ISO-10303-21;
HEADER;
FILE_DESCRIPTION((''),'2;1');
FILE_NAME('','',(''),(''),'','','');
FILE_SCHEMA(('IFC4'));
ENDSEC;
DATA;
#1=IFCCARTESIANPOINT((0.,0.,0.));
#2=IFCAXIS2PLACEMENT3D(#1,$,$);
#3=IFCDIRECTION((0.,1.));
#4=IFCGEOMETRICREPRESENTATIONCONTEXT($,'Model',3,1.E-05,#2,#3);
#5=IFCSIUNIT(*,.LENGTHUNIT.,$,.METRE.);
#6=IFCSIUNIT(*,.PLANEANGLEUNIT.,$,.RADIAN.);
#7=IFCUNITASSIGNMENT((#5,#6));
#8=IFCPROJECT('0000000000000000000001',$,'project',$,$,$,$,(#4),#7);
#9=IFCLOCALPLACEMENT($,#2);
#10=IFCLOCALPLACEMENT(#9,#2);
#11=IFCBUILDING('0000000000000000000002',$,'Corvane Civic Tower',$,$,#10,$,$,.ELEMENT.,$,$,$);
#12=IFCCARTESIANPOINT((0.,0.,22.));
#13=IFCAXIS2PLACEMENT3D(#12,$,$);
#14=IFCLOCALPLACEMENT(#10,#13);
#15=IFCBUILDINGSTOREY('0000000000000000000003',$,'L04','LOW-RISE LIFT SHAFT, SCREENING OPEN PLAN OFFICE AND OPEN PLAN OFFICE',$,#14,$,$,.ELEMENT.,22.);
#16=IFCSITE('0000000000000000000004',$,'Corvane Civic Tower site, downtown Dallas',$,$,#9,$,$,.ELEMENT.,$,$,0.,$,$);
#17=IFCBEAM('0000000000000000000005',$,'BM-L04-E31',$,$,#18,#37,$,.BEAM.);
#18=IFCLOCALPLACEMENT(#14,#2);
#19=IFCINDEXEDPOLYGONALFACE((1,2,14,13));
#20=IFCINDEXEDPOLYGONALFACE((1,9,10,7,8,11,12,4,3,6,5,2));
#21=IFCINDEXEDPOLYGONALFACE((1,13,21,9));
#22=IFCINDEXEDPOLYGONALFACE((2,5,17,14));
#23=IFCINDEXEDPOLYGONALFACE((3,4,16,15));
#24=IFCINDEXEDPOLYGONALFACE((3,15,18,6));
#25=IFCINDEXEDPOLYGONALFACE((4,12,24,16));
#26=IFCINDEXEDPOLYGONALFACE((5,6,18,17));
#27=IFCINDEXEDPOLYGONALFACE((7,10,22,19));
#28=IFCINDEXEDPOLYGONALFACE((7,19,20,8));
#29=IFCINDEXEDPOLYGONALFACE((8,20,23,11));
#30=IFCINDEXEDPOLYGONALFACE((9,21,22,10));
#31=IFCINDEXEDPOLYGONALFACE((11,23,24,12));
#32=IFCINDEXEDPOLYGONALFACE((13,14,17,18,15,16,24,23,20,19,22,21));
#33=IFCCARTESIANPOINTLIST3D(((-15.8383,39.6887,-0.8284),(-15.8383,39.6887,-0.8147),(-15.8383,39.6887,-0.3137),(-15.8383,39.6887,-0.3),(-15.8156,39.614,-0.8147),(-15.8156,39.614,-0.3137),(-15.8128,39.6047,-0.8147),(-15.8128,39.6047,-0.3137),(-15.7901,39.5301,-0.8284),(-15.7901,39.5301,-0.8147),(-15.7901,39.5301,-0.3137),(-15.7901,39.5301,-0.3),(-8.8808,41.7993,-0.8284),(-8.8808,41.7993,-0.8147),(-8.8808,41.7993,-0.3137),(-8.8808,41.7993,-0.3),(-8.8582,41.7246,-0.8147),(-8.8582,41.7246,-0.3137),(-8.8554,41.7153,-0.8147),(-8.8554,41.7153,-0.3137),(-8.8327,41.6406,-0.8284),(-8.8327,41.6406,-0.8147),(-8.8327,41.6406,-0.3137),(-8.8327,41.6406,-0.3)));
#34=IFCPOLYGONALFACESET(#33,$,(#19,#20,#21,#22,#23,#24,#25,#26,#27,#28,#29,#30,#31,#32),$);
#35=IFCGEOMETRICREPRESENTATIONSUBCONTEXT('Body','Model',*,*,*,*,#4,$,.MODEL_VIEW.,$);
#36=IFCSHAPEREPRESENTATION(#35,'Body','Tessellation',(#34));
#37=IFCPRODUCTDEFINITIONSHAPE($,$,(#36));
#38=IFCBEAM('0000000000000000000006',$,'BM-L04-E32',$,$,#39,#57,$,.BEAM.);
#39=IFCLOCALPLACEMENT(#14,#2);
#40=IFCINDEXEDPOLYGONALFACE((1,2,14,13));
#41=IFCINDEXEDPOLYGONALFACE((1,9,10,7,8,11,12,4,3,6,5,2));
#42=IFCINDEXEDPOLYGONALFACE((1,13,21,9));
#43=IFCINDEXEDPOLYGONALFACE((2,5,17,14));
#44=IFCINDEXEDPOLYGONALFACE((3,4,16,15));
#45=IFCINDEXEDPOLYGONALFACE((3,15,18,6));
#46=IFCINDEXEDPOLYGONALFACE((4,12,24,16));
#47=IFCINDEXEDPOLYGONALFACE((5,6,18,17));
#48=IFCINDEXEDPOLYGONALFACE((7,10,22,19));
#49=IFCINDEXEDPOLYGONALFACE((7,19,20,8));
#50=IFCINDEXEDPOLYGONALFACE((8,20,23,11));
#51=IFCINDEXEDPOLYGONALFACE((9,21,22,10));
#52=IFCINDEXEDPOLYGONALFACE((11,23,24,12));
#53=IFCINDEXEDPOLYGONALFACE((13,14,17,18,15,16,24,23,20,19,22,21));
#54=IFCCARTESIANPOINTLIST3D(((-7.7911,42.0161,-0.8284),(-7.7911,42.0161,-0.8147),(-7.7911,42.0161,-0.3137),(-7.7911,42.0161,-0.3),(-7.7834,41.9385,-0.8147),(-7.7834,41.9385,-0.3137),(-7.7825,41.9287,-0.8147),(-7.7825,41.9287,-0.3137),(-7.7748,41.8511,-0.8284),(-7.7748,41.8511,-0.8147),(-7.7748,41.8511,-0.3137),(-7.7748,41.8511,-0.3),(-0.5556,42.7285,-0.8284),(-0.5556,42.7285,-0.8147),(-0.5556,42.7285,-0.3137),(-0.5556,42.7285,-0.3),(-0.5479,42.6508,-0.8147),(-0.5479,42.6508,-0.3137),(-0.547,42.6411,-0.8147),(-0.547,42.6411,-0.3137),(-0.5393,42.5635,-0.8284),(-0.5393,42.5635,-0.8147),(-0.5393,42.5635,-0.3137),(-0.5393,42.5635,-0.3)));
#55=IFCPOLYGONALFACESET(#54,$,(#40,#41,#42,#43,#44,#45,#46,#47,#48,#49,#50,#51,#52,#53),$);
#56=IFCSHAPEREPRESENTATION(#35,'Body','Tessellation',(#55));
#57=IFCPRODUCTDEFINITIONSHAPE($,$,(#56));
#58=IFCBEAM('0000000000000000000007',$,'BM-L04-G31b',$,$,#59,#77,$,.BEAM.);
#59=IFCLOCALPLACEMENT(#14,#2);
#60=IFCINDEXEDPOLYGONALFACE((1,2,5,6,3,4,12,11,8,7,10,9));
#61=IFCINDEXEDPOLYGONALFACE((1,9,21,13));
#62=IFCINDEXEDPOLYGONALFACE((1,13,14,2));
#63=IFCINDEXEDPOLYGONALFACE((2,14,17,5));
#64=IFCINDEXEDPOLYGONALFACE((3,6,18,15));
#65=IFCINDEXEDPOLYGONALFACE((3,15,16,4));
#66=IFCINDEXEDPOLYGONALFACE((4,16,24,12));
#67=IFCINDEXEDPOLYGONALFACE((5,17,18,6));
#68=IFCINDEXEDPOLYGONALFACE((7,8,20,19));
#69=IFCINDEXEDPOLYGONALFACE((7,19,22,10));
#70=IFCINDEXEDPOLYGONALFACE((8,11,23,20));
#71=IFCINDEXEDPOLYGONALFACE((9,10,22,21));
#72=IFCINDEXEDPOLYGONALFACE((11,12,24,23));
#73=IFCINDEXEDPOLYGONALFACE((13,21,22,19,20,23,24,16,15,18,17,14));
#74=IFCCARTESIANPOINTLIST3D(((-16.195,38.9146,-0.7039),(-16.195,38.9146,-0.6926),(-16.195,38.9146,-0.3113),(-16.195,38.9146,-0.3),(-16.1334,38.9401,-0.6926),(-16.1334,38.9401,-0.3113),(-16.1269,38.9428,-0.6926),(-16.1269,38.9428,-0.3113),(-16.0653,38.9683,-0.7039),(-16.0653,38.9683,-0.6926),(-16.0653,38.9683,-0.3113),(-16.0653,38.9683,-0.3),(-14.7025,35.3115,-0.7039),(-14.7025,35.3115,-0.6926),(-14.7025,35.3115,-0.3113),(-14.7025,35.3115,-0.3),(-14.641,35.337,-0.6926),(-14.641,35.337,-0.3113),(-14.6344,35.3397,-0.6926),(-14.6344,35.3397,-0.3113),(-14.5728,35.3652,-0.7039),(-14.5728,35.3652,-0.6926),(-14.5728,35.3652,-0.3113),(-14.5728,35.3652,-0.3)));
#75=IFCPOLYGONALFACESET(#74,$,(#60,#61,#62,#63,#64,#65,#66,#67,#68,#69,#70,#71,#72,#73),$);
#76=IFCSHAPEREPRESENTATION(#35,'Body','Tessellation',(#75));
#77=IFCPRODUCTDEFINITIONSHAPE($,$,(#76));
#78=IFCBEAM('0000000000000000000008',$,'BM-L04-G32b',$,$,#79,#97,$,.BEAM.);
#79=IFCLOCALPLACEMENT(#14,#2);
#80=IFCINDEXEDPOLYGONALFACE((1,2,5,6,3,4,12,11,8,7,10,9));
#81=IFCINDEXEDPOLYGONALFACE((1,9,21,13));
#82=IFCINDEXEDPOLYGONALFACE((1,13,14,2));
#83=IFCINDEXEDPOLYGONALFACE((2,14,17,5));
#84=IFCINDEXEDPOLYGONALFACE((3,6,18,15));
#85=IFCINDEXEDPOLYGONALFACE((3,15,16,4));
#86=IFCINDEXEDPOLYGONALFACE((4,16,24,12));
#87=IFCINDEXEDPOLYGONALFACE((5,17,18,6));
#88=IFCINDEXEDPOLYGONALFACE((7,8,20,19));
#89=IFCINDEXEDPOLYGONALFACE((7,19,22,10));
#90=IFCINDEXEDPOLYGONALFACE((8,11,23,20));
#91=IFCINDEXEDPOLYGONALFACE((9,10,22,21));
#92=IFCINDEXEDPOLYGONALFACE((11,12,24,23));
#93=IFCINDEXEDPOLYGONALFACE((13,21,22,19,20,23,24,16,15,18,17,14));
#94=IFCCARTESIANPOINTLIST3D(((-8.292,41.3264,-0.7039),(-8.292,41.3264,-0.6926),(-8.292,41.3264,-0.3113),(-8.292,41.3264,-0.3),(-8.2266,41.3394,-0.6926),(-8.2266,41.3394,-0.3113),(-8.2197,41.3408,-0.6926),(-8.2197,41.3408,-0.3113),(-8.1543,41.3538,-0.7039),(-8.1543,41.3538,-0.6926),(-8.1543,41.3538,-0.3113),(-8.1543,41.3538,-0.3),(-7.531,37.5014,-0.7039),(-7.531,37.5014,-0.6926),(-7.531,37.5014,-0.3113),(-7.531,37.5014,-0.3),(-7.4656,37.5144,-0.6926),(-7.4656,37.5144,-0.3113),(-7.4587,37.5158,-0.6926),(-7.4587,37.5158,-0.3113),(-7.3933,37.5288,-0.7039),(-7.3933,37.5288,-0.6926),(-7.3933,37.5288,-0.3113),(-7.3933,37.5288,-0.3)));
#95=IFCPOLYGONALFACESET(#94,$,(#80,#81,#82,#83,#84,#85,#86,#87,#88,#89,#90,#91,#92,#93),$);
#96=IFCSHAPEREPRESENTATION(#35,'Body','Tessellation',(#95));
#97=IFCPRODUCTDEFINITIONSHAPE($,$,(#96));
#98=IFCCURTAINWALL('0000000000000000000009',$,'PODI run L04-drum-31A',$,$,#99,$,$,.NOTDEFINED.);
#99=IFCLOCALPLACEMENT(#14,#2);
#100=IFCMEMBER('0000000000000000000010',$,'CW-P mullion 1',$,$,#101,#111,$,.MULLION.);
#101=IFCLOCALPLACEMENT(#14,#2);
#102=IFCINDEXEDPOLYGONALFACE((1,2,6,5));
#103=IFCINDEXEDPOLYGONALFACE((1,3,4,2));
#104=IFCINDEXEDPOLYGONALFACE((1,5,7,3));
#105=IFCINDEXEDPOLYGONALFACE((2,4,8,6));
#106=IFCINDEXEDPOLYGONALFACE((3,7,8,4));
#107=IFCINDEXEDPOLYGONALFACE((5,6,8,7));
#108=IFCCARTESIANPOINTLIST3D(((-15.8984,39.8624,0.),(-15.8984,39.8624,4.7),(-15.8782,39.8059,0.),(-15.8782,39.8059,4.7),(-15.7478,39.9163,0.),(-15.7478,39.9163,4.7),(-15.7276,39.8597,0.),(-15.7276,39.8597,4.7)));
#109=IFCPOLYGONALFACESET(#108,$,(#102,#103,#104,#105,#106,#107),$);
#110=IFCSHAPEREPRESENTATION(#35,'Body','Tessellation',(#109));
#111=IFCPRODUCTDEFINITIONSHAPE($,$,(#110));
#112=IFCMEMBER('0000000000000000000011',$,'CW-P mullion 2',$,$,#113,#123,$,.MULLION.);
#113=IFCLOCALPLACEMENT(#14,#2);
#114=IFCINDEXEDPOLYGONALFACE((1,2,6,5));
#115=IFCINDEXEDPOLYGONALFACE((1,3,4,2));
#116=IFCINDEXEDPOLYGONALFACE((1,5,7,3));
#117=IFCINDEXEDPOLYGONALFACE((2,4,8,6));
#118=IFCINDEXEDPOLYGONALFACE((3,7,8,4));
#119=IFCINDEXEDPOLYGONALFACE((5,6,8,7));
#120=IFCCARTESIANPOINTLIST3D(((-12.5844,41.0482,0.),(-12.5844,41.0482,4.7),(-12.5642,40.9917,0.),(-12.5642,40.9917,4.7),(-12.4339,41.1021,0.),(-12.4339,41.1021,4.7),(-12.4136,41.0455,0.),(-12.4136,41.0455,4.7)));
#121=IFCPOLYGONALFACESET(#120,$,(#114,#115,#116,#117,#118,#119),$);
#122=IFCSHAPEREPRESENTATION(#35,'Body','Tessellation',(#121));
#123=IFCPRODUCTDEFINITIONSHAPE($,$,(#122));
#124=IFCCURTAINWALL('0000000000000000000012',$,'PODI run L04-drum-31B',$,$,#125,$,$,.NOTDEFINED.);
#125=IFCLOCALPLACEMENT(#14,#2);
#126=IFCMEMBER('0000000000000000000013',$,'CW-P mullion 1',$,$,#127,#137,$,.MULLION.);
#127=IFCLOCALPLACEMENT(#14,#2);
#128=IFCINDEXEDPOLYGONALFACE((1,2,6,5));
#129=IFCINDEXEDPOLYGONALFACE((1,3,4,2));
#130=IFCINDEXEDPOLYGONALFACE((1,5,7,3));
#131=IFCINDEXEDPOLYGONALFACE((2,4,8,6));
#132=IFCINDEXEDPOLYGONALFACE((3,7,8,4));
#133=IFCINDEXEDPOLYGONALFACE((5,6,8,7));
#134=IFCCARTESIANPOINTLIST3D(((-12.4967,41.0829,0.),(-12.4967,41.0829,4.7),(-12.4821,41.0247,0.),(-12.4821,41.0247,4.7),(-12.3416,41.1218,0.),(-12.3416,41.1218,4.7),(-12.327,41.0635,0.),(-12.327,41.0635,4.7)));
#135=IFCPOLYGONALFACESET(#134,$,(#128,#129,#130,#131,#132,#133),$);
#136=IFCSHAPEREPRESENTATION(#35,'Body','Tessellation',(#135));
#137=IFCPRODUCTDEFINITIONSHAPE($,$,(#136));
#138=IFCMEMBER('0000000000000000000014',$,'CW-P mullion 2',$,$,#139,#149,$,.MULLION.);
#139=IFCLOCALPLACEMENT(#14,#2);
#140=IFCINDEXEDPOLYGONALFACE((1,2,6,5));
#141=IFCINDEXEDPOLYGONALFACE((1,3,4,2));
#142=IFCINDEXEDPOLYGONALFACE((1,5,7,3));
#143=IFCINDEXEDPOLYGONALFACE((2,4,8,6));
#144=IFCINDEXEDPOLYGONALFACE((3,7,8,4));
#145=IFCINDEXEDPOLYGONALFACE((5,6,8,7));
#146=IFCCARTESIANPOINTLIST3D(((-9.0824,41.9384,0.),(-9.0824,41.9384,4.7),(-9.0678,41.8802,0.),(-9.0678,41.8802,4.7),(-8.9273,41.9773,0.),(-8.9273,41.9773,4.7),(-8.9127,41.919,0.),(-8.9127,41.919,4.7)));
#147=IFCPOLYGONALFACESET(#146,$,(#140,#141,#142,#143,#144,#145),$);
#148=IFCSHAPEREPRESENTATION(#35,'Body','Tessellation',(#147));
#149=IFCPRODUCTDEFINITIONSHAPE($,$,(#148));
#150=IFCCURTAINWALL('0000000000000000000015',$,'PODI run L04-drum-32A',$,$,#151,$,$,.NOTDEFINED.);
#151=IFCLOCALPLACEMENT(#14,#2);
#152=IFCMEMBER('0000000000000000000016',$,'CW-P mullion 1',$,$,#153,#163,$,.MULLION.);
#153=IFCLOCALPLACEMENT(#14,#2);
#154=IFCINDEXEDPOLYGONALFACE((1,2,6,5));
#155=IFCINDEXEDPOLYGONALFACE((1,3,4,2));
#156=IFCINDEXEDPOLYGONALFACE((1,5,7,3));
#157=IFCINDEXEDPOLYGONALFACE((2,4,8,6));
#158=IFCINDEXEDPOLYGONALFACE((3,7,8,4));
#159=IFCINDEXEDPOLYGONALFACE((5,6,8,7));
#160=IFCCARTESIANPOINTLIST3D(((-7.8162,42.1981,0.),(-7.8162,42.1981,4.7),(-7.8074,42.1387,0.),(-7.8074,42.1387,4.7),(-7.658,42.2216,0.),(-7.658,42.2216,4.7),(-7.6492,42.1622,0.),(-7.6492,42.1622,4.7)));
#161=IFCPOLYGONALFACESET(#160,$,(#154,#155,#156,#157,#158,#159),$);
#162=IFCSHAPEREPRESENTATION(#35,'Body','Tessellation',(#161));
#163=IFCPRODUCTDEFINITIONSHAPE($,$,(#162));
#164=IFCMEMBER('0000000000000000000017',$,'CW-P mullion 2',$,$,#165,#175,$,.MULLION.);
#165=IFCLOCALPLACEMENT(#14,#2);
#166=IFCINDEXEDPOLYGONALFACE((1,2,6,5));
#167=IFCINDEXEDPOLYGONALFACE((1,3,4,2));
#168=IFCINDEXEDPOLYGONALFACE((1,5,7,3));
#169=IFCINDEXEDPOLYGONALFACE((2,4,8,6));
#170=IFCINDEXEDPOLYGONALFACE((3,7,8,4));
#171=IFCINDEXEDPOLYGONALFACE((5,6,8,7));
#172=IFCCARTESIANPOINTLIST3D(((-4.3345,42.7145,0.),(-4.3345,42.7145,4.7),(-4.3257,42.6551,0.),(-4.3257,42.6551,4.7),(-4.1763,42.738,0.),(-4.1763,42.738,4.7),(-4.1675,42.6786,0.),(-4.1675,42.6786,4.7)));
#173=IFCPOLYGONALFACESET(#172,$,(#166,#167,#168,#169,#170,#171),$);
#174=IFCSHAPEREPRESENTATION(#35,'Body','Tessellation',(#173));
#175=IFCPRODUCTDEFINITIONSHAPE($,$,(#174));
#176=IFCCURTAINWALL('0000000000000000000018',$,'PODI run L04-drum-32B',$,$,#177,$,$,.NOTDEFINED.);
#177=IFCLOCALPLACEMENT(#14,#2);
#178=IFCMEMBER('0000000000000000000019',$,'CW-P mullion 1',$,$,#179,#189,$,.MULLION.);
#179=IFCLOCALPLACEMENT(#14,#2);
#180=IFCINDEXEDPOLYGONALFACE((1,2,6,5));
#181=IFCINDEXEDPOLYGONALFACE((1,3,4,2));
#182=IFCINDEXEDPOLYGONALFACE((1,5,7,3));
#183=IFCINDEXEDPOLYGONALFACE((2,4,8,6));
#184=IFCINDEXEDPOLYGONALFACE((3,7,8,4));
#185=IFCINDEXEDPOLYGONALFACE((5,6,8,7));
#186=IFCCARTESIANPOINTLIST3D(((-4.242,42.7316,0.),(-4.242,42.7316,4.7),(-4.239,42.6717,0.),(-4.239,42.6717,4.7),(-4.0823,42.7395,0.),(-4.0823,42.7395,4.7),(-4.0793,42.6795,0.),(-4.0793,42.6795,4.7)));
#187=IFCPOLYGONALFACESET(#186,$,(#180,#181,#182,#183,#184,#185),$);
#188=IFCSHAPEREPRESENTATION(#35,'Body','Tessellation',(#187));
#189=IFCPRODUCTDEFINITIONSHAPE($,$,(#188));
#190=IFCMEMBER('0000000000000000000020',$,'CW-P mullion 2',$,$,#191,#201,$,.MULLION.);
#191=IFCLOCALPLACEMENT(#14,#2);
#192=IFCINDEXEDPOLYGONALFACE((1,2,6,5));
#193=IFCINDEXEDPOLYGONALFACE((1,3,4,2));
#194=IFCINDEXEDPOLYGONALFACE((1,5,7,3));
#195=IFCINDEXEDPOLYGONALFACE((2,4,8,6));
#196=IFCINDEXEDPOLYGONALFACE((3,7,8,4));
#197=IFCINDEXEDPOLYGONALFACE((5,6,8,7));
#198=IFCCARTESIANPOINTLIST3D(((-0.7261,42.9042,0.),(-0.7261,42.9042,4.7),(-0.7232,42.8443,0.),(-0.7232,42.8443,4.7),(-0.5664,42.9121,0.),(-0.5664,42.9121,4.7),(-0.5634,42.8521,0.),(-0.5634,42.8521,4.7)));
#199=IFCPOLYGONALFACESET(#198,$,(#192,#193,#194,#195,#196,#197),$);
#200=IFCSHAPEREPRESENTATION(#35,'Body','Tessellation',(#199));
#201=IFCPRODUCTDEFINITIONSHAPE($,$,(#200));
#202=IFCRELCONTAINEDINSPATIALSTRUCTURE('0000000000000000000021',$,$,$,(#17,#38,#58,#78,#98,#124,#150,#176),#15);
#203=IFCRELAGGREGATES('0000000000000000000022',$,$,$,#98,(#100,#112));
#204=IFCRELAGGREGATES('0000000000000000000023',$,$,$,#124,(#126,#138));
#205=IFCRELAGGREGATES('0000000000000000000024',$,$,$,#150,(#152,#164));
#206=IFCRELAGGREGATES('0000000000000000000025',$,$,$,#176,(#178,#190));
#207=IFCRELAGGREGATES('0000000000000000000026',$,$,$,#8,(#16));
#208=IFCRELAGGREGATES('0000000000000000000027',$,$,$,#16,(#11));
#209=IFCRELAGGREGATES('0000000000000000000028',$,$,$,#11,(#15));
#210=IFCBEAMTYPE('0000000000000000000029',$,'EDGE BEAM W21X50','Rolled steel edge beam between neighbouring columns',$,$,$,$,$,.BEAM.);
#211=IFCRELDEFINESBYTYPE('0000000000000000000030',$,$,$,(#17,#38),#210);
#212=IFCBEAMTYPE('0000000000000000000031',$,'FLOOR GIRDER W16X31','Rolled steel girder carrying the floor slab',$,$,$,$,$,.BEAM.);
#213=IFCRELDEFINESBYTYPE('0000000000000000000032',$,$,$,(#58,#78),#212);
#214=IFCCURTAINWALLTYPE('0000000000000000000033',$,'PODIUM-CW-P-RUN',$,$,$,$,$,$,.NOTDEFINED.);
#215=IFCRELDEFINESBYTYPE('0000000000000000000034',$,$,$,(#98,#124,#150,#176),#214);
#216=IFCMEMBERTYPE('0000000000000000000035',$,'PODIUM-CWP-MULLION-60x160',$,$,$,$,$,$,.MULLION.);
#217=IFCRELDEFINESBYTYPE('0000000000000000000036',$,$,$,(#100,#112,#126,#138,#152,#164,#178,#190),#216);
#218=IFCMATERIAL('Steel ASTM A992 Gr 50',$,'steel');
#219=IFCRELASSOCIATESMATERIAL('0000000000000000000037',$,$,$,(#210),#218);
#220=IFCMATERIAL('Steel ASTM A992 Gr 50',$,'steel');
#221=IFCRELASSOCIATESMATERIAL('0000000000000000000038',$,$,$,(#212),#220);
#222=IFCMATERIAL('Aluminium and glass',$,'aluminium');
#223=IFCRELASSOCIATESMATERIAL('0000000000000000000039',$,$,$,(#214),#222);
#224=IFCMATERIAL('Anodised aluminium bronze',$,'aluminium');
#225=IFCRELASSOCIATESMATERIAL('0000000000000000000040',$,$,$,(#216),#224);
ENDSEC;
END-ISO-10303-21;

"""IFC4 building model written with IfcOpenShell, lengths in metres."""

from ifc_helpers import new_model, si_unit, direction, frame, origin, origin_2d, place, context, subcontext, project, spatial, rectangle, i_section, extrude, material, material_profile, profile_set, type_object, element, aggregate, save


model = new_model("IFC4")

# Units and contexts
model_context = context("Model", 3, precision=1e-05, world=origin(), true_north=direction((0.0, 1.0)))
body_context = subcontext(model_context, "Body", "Model", "MODEL_VIEW")
ifc_project = project(units=[si_unit("LENGTHUNIT", "METRE"), si_unit("PLANEANGLEUNIT", "RADIAN")], contexts=[model_context])

# Site, building, storey
site_placement = place(None, origin())
site = spatial("IfcSite", under=ifc_project, at=site_placement, Name="Corvane Civic Tower site, downtown Dallas", CompositionType="ELEMENT", RefElevation=0.0)
building_placement = place(site_placement, origin())
building = spatial("IfcBuilding", under=site, at=building_placement, Name="Corvane Civic Tower", CompositionType="ELEMENT")
storey_placement = place(building_placement, frame((0.0, 0.0, 22.0)))
storey = spatial("IfcBuildingStorey", under=building, at=storey_placement, Name="L04", Description="LOW-RISE LIFT SHAFT, SCREENING OPEN PLAN OFFICE AND OPEN PLAN OFFICE", CompositionType="ELEMENT", Elevation=22.0)

# Beams
ifc_material_1 = material(Name="Steel ASTM A992 Gr 50", Category="steel")
ifc_material_profile_1 = material_profile(ifc_material_1, i_section(OverallWidth=0.1658, OverallDepth=0.5283, WebThickness=0.0098, FlangeThickness=0.0137, at=origin_2d()), Name="W21X50")
ifc_profile_set_1 = profile_set([ifc_material_profile_1], Name="Steel ASTM A992 Gr 50")
beam_type_1 = type_object("IfcBeamType", Name="EDGE BEAM W21X50", Description="Rolled steel edge beam between neighbouring columns", PredefinedType="BEAM", material=ifc_profile_set_1)
for number, where, z_axis, x_axis, name in (
    (1, (-15.8142, 39.6094, -0.5642), (0.956938, 0.290292, 0.0), (-0.290292, 0.956938, 0.0), "BM-L04-E31"),
    (2, (-7.783, 41.9336, -0.5642), (0.995188, 0.097984, 0.0), (-0.097984, 0.995188, 0.0), "BM-L04-E32"),
):
    element("IfcBeam", number, at=place(storey_placement, frame(where, z_axis=z_axis, x_axis=x_axis)), inside=storey, type_object=beam_type_1, Name=name, PredefinedType="BEAM", context=body_context, shape_type="SweptSolid", body=[
        extrude(i_section(OverallWidth=0.1658, OverallDepth=0.5283, WebThickness=0.0098, FlangeThickness=0.0137, at=origin_2d()), origin(), (0.0, 0.0, 1.0), 7.2705),
    ])
ifc_material_2 = material(Name="Steel ASTM A992 Gr 50", Category="steel")
ifc_material_profile_2 = material_profile(ifc_material_2, i_section(OverallWidth=0.1404, OverallDepth=0.4038, WebThickness=0.0071, FlangeThickness=0.0112, at=origin_2d()), Name="W16X31")
ifc_profile_set_2 = profile_set([ifc_material_profile_2], Name="Steel ASTM A992 Gr 50")
beam_type_2 = type_object("IfcBeamType", Name="FLOOR GIRDER W16X31", Description="Rolled steel girder carrying the floor slab", PredefinedType="BEAM", material=ifc_profile_set_2)
for number, where, z_axis, x_axis, name in (
    (3, (-14.6377, 35.3384, -0.502), (-0.382685, 0.923879, 0.0), (-0.923879, -0.382685, 0.0), "BM-L04-G31b"),
    (4, (-7.4622, 37.5151, -0.502), (-0.195129, 0.980778, 0.0), (-0.980778, -0.195129, 0.0), "BM-L04-G32b"),
):
    element("IfcBeam", number, at=place(storey_placement, frame(where, z_axis=z_axis, x_axis=x_axis)), inside=storey, type_object=beam_type_2, Name=name, PredefinedType="BEAM", context=body_context, shape_type="SweptSolid", body=[
        extrude(i_section(OverallWidth=0.1404, OverallDepth=0.4038, WebThickness=0.0071, FlangeThickness=0.0112, at=origin_2d()), origin(), (0.0, 0.0, 1.0), 3.8999),
    ])

# Curtain walls, members
ifc_material_3 = material(Name="Aluminium and glass", Category="aluminium")
curtain_wall_type = type_object("IfcCurtainWallType", Name="PODIUM-CW-P-RUN", PredefinedType="NOTDEFINED", material=ifc_material_3)
curtain_wall_1_placement = place(storey_placement, origin())
curtain_wall_1 = element("IfcCurtainWall", 5, at=curtain_wall_1_placement, inside=storey, type_object=curtain_wall_type, Name="PODI run L04-drum-31A", PredefinedType="NOTDEFINED")
ifc_material_4 = material(Name="Anodised aluminium bronze", Category="aluminium")
ifc_material_profile_3 = material_profile(ifc_material_4, rectangle(XDim=0.0601, YDim=0.1599, at=origin_2d()), Name="AL 60x160")
ifc_profile_set_3 = profile_set([ifc_material_profile_3], Name="Anodised aluminium bronze")
member_type_1 = type_object("IfcMemberType", Name="PODIUM-CWP-MULLION-60x160", PredefinedType="MULLION", material=ifc_profile_set_3)
member_1_placement = place(storey_placement, frame((-15.813, 39.8611, 0.0), z_axis=(0.0, 0.0, 1.0), x_axis=(-0.336919, 0.941534, 0.0)))
member_1 = element("IfcMember", 6, at=member_1_placement, type_object=member_type_1, Name="CW-P mullion 1", PredefinedType="MULLION", context=body_context, shape_type="SweptSolid", body=[
    extrude(rectangle(XDim=0.0601, YDim=0.1599, at=origin_2d()), origin(), (0.0, 0.0, 1.0), 4.7),
])
member_2_placement = place(storey_placement, frame((-12.499, 41.0469, 0.0), z_axis=(0.0, 0.0, 1.0), x_axis=(-0.336919, 0.941534, 0.0)))
member_2 = element("IfcMember", 7, at=member_2_placement, type_object=member_type_1, Name="CW-P mullion 2", PredefinedType="MULLION", context=body_context, shape_type="SweptSolid", body=[
    extrude(rectangle(XDim=0.0601, YDim=0.1599, at=origin_2d()), origin(), (0.0, 0.0, 1.0), 4.7),
])
curtain_wall_2_placement = place(storey_placement, origin())
curtain_wall_2 = element("IfcCurtainWall", 8, at=curtain_wall_2_placement, inside=storey, type_object=curtain_wall_type, Name="PODI run L04-drum-31B", PredefinedType="NOTDEFINED")
member_3_placement = place(storey_placement, frame((-12.4119, 41.0732, 0.0), z_axis=(0.0, 0.0, 1.0), x_axis=(-0.243009, 0.970024, 0.0)))
member_3 = element("IfcMember", 9, at=member_3_placement, type_object=member_type_1, Name="CW-P mullion 1", PredefinedType="MULLION", context=body_context, shape_type="SweptSolid", body=[
    extrude(rectangle(XDim=0.0601, YDim=0.1599, at=origin_2d()), origin(), (0.0, 0.0, 1.0), 4.7),
])
member_4_placement = place(storey_placement, frame((-8.9976, 41.9287, 0.0), z_axis=(0.0, 0.0, 1.0), x_axis=(-0.243009, 0.970024, 0.0)))
member_4 = element("IfcMember", 10, at=member_4_placement, type_object=member_type_1, Name="CW-P mullion 2", PredefinedType="MULLION", context=body_context, shape_type="SweptSolid", body=[
    extrude(rectangle(XDim=0.0601, YDim=0.1599, at=origin_2d()), origin(), (0.0, 0.0, 1.0), 4.7),
])
curtain_wall_3_placement = place(storey_placement, origin())
curtain_wall_3 = element("IfcCurtainWall", 11, at=curtain_wall_3_placement, inside=storey, type_object=curtain_wall_type, Name="PODI run L04-drum-32A", PredefinedType="NOTDEFINED")
member_5_placement = place(storey_placement, frame((-7.7327, 42.1802, 0.0), z_axis=(0.0, 0.0, 1.0), x_axis=(-0.146715, 0.989179, 0.0)))
member_5 = element("IfcMember", 12, at=member_5_placement, type_object=member_type_1, Name="CW-P mullion 1", PredefinedType="MULLION", context=body_context, shape_type="SweptSolid", body=[
    extrude(rectangle(XDim=0.0601, YDim=0.1599, at=origin_2d()), origin(), (0.0, 0.0, 1.0), 4.7),
])
member_6_placement = place(storey_placement, frame((-4.251, 42.6965, 0.0), z_axis=(0.0, 0.0, 1.0), x_axis=(-0.146715, 0.989179, 0.0)))
member_6 = element("IfcMember", 13, at=member_6_placement, type_object=member_type_1, Name="CW-P mullion 2", PredefinedType="MULLION", context=body_context, shape_type="SweptSolid", body=[
    extrude(rectangle(XDim=0.0601, YDim=0.1599, at=origin_2d()), origin(), (0.0, 0.0, 1.0), 4.7),
])
curtain_wall_4_placement = place(storey_placement, origin())
curtain_wall_4 = element("IfcCurtainWall", 14, at=curtain_wall_4_placement, inside=storey, type_object=curtain_wall_type, Name="PODI run L04-drum-32B", PredefinedType="NOTDEFINED")
member_7_placement = place(storey_placement, frame((-4.1606, 42.7056, 0.0), z_axis=(0.0, 0.0, 1.0), x_axis=(-0.04905, 0.998796, 0.0)))
member_7 = element("IfcMember", 15, at=member_7_placement, type_object=member_type_1, Name="CW-P mullion 1", PredefinedType="MULLION", context=body_context, shape_type="SweptSolid", body=[
    extrude(rectangle(XDim=0.0601, YDim=0.1599, at=origin_2d()), origin(), (0.0, 0.0, 1.0), 4.7),
])
member_8_placement = place(storey_placement, frame((-0.6448, 42.8782, 0.0), z_axis=(0.0, 0.0, 1.0), x_axis=(-0.04905, 0.998796, 0.0)))
member_8 = element("IfcMember", 16, at=member_8_placement, type_object=member_type_1, Name="CW-P mullion 2", PredefinedType="MULLION", context=body_context, shape_type="SweptSolid", body=[
    extrude(rectangle(XDim=0.0601, YDim=0.1599, at=origin_2d()), origin(), (0.0, 0.0, 1.0), 4.7),
])

aggregate(curtain_wall_1, [member_1, member_2])
aggregate(curtain_wall_2, [member_3, member_4])
aggregate(curtain_wall_3, [member_5, member_6])
aggregate(curtain_wall_4, [member_7, member_8])

save(model, "model.ifc")
